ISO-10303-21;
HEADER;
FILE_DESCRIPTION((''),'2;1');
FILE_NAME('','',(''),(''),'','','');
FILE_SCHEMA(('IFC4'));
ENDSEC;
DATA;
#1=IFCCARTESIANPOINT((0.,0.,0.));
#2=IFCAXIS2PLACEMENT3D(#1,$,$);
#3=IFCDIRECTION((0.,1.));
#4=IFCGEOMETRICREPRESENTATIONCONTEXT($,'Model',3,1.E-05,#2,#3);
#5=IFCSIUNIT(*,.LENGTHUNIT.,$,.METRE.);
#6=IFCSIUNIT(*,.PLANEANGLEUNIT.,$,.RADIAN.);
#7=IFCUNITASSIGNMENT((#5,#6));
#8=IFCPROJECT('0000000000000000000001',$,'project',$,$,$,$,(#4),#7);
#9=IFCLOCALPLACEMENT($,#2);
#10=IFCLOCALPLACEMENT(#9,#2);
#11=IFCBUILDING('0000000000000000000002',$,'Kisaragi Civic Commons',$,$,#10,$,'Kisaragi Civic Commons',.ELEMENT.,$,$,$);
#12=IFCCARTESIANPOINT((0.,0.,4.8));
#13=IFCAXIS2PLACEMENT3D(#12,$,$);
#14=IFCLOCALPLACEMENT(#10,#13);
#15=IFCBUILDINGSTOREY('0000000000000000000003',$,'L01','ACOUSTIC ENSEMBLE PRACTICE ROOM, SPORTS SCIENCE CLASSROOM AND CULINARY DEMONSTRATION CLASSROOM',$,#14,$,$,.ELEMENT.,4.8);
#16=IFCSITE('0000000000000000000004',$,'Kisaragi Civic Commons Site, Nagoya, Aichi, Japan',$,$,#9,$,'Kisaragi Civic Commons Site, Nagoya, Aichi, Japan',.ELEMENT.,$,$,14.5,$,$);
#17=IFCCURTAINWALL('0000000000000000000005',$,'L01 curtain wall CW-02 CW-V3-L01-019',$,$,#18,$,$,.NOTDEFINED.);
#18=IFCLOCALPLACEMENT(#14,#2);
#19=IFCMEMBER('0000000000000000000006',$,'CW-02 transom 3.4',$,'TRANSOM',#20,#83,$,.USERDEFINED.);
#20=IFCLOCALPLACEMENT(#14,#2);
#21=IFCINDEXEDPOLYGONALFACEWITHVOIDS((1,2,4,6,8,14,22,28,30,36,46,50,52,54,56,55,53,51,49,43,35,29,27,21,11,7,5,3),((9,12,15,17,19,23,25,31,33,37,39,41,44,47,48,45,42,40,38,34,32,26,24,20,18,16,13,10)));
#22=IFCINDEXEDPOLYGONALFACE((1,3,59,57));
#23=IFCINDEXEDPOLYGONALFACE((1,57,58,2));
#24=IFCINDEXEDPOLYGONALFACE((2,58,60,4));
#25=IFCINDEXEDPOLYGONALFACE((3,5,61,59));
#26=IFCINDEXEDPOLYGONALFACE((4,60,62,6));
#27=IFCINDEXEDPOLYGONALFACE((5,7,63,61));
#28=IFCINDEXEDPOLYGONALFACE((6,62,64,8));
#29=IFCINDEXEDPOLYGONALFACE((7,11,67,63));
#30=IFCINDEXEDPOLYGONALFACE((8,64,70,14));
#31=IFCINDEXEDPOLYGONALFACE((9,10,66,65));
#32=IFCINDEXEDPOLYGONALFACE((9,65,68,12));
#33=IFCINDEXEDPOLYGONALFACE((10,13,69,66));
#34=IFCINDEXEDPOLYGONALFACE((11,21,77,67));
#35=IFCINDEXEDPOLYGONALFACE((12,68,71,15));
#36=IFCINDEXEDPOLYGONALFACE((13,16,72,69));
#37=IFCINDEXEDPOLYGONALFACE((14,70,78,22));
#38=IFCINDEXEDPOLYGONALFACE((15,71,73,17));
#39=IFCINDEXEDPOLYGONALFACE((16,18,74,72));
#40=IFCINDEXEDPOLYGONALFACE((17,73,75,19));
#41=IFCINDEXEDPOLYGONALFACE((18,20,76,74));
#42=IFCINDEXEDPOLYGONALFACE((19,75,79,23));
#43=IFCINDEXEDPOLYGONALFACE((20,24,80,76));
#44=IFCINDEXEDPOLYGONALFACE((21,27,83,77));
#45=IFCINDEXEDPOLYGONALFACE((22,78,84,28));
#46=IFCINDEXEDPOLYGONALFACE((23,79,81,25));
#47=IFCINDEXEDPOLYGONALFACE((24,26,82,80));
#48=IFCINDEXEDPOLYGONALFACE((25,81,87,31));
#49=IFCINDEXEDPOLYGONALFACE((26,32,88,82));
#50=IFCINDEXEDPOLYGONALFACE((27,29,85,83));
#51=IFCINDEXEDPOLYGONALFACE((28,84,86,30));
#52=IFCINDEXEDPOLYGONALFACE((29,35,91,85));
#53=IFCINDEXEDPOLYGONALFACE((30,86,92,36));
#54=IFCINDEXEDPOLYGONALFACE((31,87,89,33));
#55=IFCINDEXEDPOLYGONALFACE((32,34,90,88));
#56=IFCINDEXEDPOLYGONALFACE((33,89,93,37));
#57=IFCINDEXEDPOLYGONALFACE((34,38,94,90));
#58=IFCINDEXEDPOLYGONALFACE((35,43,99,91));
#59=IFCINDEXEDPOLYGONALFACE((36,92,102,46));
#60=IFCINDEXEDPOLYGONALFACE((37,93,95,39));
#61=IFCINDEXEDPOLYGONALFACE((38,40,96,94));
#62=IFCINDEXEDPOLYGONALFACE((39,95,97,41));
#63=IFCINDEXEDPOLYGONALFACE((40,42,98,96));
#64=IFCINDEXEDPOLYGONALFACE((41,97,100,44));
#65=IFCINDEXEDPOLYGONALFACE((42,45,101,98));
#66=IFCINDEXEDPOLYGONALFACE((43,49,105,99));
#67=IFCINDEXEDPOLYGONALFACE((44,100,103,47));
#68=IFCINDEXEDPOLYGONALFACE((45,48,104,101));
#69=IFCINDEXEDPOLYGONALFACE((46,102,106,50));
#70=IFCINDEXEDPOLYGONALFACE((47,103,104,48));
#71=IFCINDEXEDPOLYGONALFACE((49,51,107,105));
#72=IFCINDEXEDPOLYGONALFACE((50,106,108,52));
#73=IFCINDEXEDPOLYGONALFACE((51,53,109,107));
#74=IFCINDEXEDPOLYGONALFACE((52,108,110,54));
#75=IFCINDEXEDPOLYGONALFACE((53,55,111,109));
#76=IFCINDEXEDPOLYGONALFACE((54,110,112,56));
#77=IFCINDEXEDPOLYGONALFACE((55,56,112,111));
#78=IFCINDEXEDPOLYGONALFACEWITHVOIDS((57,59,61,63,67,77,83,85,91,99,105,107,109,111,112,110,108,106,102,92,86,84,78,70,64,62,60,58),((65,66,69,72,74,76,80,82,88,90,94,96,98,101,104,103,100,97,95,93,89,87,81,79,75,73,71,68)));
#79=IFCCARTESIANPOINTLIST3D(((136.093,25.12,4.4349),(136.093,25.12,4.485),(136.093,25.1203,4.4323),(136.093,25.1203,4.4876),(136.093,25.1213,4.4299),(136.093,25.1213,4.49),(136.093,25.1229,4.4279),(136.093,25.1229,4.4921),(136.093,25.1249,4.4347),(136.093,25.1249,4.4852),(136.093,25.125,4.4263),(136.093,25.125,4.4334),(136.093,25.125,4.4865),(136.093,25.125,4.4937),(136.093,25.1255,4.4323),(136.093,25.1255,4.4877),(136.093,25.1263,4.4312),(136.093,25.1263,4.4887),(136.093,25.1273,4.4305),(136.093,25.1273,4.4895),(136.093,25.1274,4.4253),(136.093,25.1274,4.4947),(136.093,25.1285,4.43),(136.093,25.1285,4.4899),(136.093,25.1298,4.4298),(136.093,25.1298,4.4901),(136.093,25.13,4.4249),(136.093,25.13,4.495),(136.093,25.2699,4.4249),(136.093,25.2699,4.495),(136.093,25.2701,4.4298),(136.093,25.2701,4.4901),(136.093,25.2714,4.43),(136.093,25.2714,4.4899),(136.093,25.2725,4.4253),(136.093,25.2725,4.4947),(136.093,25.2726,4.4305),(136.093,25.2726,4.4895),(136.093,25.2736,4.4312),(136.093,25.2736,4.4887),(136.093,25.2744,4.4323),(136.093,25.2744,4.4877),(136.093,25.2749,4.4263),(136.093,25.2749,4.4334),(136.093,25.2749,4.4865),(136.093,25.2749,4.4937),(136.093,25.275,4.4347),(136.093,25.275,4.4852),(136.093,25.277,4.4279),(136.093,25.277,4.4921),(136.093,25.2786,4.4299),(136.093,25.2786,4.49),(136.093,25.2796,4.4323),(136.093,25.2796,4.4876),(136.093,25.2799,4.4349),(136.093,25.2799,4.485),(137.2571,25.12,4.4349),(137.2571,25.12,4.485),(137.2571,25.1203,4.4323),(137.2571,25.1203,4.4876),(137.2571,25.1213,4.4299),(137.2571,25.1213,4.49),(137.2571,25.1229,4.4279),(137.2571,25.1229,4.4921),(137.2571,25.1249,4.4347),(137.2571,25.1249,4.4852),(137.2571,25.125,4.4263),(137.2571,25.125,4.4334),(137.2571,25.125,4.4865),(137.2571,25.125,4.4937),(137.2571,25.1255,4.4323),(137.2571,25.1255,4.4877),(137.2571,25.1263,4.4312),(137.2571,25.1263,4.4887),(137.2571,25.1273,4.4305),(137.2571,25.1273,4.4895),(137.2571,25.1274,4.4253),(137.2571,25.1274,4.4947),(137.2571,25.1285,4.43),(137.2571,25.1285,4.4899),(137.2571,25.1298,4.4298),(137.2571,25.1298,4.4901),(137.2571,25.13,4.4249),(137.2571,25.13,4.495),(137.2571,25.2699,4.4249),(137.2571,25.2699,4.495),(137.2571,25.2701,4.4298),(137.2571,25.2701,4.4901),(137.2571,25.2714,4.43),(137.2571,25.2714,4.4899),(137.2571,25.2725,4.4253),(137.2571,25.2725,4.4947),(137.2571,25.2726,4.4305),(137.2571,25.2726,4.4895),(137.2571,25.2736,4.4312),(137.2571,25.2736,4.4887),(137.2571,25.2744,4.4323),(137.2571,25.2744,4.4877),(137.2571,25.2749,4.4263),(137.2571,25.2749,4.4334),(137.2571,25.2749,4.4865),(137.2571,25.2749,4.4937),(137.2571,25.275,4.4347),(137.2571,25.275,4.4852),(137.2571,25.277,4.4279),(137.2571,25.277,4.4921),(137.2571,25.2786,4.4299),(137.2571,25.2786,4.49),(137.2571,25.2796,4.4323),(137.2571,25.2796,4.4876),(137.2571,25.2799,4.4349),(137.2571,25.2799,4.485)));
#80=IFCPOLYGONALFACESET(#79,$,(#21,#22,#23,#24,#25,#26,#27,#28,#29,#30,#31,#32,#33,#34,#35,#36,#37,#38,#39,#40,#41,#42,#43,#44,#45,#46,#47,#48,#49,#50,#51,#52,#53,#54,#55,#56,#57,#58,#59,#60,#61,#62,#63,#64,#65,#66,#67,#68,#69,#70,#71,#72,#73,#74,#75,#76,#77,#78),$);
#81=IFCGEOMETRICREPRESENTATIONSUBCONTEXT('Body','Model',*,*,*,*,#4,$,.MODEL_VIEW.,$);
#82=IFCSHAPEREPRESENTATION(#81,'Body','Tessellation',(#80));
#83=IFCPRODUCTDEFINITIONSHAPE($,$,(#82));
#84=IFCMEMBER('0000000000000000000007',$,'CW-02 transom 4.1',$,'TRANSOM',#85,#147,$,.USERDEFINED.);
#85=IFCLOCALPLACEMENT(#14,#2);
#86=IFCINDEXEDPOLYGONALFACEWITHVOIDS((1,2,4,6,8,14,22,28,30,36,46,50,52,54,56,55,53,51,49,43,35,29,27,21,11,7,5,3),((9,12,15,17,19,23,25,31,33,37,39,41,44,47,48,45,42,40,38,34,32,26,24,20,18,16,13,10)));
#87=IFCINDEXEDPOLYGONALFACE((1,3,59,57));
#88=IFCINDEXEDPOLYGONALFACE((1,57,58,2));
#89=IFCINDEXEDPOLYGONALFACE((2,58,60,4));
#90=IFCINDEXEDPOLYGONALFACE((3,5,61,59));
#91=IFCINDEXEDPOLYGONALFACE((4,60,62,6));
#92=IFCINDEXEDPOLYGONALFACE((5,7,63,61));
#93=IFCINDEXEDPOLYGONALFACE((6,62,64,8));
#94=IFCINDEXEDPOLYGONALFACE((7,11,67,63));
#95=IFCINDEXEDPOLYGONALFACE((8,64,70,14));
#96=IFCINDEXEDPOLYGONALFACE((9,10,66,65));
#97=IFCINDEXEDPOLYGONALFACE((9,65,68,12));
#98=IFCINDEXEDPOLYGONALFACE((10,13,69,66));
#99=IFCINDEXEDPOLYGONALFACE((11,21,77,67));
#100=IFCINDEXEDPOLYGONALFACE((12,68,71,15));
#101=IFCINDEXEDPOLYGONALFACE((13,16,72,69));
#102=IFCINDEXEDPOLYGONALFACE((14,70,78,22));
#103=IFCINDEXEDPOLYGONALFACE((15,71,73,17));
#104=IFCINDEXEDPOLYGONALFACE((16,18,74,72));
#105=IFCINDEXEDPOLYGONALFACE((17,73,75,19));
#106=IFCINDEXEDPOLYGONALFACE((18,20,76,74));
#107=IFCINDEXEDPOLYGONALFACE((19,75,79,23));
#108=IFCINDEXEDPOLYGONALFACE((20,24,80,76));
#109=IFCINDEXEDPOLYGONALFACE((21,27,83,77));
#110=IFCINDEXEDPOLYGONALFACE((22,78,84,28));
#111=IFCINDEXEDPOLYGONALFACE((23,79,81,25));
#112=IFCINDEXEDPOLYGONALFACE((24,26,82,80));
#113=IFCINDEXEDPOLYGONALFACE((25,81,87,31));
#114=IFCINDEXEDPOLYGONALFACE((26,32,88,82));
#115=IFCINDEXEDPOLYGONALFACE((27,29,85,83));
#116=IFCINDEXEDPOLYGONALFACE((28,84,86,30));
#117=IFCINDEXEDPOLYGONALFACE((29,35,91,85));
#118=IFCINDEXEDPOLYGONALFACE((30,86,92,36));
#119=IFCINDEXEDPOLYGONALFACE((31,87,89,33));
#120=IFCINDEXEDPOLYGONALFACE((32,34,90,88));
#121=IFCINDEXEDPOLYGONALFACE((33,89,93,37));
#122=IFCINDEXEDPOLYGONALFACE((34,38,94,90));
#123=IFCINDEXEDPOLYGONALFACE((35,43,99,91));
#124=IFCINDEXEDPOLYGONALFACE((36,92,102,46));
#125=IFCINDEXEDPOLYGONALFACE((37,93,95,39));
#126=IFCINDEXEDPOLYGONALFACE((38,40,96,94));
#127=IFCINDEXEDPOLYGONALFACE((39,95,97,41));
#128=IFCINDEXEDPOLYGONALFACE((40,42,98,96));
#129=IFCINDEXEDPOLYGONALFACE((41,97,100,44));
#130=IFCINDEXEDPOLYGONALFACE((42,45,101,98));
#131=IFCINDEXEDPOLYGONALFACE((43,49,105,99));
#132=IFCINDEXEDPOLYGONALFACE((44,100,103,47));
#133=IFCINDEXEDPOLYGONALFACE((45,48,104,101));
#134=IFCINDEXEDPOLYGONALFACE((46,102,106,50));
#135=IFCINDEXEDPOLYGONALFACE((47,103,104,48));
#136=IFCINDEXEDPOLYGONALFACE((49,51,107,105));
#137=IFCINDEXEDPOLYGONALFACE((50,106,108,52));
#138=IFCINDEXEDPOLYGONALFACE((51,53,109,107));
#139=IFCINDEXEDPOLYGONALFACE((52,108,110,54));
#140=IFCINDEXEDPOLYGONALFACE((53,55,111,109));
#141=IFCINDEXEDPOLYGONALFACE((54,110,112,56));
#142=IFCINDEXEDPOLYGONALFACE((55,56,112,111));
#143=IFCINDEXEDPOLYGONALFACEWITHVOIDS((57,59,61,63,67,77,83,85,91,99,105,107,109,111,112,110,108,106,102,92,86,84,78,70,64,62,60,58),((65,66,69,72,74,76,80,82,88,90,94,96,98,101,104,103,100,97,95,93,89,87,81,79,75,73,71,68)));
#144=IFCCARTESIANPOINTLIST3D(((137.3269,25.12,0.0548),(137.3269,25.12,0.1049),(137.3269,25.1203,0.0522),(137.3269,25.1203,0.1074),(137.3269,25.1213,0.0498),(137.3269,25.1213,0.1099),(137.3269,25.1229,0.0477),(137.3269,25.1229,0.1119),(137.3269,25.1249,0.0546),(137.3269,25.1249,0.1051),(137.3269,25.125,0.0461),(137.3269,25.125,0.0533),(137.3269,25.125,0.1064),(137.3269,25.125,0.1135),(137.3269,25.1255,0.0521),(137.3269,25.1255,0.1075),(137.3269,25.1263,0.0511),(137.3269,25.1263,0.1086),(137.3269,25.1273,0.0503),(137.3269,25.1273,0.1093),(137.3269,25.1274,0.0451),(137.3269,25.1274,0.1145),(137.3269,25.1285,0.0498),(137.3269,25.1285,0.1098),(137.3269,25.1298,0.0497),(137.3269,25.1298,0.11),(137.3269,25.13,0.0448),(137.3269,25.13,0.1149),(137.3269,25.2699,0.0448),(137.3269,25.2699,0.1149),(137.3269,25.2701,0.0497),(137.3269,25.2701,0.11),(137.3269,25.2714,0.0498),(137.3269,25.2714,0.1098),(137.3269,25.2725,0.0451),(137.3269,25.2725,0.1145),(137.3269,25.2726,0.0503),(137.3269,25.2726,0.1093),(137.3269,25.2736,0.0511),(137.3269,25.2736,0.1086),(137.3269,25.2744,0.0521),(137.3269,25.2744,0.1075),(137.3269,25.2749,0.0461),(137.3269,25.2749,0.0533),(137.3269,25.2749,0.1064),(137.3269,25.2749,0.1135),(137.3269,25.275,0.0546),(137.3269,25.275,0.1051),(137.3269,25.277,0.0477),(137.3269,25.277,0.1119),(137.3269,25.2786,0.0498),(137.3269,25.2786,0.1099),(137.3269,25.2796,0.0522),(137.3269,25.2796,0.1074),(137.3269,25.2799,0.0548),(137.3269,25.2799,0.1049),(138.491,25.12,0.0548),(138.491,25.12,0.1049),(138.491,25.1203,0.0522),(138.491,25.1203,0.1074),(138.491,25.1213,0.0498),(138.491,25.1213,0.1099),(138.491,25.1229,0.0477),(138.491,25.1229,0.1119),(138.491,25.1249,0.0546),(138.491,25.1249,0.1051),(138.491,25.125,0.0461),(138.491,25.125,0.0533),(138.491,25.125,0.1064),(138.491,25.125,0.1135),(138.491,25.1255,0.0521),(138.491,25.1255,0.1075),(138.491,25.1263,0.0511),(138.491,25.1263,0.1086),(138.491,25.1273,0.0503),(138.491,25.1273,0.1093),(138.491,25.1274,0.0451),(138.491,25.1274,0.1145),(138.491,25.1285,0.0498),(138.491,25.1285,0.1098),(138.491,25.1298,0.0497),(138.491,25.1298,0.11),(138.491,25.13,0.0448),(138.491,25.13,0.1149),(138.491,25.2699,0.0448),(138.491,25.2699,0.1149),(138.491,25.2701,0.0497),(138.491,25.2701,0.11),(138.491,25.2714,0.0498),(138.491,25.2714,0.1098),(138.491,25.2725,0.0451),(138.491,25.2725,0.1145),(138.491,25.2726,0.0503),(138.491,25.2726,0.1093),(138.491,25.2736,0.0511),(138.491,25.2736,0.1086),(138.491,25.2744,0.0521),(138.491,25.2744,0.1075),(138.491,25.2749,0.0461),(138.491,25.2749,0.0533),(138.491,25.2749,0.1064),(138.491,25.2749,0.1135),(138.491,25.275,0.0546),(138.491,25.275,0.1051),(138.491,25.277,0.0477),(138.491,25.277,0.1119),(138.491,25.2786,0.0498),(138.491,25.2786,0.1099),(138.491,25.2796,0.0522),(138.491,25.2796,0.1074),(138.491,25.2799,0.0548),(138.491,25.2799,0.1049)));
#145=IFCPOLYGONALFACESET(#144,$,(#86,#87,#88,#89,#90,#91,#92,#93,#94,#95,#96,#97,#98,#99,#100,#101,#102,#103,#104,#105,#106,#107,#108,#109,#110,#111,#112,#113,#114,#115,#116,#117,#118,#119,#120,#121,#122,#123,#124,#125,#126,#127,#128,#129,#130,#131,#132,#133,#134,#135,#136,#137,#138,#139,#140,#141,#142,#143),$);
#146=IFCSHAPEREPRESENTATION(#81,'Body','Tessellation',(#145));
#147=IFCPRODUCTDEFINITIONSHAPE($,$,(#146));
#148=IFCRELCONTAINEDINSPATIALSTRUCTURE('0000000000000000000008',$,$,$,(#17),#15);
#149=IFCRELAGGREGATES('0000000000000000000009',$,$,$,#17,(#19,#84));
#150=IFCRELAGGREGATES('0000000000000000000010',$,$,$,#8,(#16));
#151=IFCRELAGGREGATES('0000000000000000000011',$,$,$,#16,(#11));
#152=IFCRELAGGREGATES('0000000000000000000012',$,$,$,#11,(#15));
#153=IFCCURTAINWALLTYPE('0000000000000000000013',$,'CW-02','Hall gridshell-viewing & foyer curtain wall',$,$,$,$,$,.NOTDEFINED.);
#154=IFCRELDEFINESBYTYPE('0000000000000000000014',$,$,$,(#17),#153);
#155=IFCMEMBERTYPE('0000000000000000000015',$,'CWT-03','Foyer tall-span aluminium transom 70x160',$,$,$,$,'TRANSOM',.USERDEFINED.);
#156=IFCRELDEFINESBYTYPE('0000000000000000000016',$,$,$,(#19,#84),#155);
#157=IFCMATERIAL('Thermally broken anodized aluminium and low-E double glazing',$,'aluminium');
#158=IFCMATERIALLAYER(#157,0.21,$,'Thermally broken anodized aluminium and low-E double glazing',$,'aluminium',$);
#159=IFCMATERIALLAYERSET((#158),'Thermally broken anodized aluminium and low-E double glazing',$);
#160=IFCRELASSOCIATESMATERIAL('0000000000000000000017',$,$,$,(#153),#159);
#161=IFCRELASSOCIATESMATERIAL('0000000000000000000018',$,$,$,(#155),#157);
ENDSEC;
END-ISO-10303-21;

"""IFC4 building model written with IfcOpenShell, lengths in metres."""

from ifc_helpers import new_model, si_unit, direction, frame, origin, origin_2d, place, context, subcontext, project, spatial, hollow_rectangle, extrude, material, layer, layer_set, material_profile, profile_set, type_object, element, aggregate, save


model = new_model("IFC4")

# Units and contexts
model_context = context("Model", 3, precision=1e-05, world=origin(), true_north=direction((0.0, 1.0)))
body_context = subcontext(model_context, "Body", "Model", "MODEL_VIEW")
ifc_project = project(units=[si_unit("LENGTHUNIT", "METRE"), si_unit("PLANEANGLEUNIT", "RADIAN")], contexts=[model_context])

# Site, building, storey
site_placement = place(None, origin())
site = spatial("IfcSite", under=ifc_project, at=site_placement, Name="Kisaragi Civic Commons Site, Nagoya, Aichi, Japan", LongName="Kisaragi Civic Commons Site, Nagoya, Aichi, Japan", CompositionType="ELEMENT", RefElevation=14.5)
building_placement = place(site_placement, origin())
building = spatial("IfcBuilding", under=site, at=building_placement, Name="Kisaragi Civic Commons", LongName="Kisaragi Civic Commons", CompositionType="ELEMENT")
storey_placement = place(building_placement, frame((0.0, 0.0, 4.8)))
storey = spatial("IfcBuildingStorey", under=building, at=storey_placement, Name="L01", Description="ACOUSTIC ENSEMBLE PRACTICE ROOM, SPORTS SCIENCE CLASSROOM AND CULINARY DEMONSTRATION CLASSROOM", CompositionType="ELEMENT", Elevation=4.8)

# Curtain wall, members
ifc_material_1 = material(Name="Thermally broken anodized aluminium and low-E double glazing", Category="aluminium")
ifc_layer_1 = layer(ifc_material_1, 0.21, Name="Thermally broken anodized aluminium and low-E double glazing", Category="aluminium")
ifc_layer_set_1 = layer_set([ifc_layer_1], Name="Thermally broken anodized aluminium and low-E double glazing")
curtain_wall_type = type_object("IfcCurtainWallType", Name="CW-02", Description="Hall gridshell-viewing & foyer curtain wall", PredefinedType="NOTDEFINED", material=ifc_layer_set_1)
curtain_wall_placement = place(storey_placement, origin())
curtain_wall = element("IfcCurtainWall", 1, at=curtain_wall_placement, inside=storey, type_object=curtain_wall_type, Name="L01 curtain wall CW-02 CW-V3-L01-019", PredefinedType="NOTDEFINED")
ifc_material_profile_1 = material_profile(ifc_material_1, hollow_rectangle(XDim=0.1599, YDim=0.0701, WallThickness=0.0049, InnerFilletRadius=0.0049, OuterFilletRadius=0.01, at=origin_2d()), Name="CWT-70x160x5", Category="aluminium")
ifc_profile_set_1 = profile_set([ifc_material_profile_1], Name="Thermally broken anodized aluminium and low-E double glazing")
member_type_1 = type_object("IfcMemberType", Name="CWT-03", Description="Foyer tall-span aluminium transom 70x160", ElementType="TRANSOM", PredefinedType="USERDEFINED", material=ifc_profile_set_1)
member_1_placement = place(storey_placement, frame((136.093, 25.2, 4.46), z_axis=(1.0, 0.0, 0.0), x_axis=(0.0, 1.0, 0.0)))
member_1 = element("IfcMember", 2, at=member_1_placement, type_object=member_type_1, Name="CW-02 transom 3.4", ObjectType="TRANSOM", PredefinedType="USERDEFINED", context=body_context, shape_type="SweptSolid", body=[
    extrude(hollow_rectangle(XDim=0.1599, YDim=0.0701, WallThickness=0.0049, InnerFilletRadius=0.0049, OuterFilletRadius=0.01, at=origin_2d()), origin(), (0.0, 0.0, 1.0), 1.1641),
])
member_2_placement = place(storey_placement, frame((137.3269, 25.2, 0.0798), z_axis=(1.0, 0.0, 0.0), x_axis=(0.0, 1.0, 0.0)))
member_2 = element("IfcMember", 3, at=member_2_placement, type_object=member_type_1, Name="CW-02 transom 4.1", ObjectType="TRANSOM", PredefinedType="USERDEFINED", context=body_context, shape_type="SweptSolid", body=[
    extrude(hollow_rectangle(XDim=0.1599, YDim=0.0701, WallThickness=0.0049, InnerFilletRadius=0.0049, OuterFilletRadius=0.01, at=origin_2d()), origin(), (0.0, 0.0, 1.0), 1.1641),
])

aggregate(curtain_wall, [member_1, member_2])

save(model, "model.ifc")
